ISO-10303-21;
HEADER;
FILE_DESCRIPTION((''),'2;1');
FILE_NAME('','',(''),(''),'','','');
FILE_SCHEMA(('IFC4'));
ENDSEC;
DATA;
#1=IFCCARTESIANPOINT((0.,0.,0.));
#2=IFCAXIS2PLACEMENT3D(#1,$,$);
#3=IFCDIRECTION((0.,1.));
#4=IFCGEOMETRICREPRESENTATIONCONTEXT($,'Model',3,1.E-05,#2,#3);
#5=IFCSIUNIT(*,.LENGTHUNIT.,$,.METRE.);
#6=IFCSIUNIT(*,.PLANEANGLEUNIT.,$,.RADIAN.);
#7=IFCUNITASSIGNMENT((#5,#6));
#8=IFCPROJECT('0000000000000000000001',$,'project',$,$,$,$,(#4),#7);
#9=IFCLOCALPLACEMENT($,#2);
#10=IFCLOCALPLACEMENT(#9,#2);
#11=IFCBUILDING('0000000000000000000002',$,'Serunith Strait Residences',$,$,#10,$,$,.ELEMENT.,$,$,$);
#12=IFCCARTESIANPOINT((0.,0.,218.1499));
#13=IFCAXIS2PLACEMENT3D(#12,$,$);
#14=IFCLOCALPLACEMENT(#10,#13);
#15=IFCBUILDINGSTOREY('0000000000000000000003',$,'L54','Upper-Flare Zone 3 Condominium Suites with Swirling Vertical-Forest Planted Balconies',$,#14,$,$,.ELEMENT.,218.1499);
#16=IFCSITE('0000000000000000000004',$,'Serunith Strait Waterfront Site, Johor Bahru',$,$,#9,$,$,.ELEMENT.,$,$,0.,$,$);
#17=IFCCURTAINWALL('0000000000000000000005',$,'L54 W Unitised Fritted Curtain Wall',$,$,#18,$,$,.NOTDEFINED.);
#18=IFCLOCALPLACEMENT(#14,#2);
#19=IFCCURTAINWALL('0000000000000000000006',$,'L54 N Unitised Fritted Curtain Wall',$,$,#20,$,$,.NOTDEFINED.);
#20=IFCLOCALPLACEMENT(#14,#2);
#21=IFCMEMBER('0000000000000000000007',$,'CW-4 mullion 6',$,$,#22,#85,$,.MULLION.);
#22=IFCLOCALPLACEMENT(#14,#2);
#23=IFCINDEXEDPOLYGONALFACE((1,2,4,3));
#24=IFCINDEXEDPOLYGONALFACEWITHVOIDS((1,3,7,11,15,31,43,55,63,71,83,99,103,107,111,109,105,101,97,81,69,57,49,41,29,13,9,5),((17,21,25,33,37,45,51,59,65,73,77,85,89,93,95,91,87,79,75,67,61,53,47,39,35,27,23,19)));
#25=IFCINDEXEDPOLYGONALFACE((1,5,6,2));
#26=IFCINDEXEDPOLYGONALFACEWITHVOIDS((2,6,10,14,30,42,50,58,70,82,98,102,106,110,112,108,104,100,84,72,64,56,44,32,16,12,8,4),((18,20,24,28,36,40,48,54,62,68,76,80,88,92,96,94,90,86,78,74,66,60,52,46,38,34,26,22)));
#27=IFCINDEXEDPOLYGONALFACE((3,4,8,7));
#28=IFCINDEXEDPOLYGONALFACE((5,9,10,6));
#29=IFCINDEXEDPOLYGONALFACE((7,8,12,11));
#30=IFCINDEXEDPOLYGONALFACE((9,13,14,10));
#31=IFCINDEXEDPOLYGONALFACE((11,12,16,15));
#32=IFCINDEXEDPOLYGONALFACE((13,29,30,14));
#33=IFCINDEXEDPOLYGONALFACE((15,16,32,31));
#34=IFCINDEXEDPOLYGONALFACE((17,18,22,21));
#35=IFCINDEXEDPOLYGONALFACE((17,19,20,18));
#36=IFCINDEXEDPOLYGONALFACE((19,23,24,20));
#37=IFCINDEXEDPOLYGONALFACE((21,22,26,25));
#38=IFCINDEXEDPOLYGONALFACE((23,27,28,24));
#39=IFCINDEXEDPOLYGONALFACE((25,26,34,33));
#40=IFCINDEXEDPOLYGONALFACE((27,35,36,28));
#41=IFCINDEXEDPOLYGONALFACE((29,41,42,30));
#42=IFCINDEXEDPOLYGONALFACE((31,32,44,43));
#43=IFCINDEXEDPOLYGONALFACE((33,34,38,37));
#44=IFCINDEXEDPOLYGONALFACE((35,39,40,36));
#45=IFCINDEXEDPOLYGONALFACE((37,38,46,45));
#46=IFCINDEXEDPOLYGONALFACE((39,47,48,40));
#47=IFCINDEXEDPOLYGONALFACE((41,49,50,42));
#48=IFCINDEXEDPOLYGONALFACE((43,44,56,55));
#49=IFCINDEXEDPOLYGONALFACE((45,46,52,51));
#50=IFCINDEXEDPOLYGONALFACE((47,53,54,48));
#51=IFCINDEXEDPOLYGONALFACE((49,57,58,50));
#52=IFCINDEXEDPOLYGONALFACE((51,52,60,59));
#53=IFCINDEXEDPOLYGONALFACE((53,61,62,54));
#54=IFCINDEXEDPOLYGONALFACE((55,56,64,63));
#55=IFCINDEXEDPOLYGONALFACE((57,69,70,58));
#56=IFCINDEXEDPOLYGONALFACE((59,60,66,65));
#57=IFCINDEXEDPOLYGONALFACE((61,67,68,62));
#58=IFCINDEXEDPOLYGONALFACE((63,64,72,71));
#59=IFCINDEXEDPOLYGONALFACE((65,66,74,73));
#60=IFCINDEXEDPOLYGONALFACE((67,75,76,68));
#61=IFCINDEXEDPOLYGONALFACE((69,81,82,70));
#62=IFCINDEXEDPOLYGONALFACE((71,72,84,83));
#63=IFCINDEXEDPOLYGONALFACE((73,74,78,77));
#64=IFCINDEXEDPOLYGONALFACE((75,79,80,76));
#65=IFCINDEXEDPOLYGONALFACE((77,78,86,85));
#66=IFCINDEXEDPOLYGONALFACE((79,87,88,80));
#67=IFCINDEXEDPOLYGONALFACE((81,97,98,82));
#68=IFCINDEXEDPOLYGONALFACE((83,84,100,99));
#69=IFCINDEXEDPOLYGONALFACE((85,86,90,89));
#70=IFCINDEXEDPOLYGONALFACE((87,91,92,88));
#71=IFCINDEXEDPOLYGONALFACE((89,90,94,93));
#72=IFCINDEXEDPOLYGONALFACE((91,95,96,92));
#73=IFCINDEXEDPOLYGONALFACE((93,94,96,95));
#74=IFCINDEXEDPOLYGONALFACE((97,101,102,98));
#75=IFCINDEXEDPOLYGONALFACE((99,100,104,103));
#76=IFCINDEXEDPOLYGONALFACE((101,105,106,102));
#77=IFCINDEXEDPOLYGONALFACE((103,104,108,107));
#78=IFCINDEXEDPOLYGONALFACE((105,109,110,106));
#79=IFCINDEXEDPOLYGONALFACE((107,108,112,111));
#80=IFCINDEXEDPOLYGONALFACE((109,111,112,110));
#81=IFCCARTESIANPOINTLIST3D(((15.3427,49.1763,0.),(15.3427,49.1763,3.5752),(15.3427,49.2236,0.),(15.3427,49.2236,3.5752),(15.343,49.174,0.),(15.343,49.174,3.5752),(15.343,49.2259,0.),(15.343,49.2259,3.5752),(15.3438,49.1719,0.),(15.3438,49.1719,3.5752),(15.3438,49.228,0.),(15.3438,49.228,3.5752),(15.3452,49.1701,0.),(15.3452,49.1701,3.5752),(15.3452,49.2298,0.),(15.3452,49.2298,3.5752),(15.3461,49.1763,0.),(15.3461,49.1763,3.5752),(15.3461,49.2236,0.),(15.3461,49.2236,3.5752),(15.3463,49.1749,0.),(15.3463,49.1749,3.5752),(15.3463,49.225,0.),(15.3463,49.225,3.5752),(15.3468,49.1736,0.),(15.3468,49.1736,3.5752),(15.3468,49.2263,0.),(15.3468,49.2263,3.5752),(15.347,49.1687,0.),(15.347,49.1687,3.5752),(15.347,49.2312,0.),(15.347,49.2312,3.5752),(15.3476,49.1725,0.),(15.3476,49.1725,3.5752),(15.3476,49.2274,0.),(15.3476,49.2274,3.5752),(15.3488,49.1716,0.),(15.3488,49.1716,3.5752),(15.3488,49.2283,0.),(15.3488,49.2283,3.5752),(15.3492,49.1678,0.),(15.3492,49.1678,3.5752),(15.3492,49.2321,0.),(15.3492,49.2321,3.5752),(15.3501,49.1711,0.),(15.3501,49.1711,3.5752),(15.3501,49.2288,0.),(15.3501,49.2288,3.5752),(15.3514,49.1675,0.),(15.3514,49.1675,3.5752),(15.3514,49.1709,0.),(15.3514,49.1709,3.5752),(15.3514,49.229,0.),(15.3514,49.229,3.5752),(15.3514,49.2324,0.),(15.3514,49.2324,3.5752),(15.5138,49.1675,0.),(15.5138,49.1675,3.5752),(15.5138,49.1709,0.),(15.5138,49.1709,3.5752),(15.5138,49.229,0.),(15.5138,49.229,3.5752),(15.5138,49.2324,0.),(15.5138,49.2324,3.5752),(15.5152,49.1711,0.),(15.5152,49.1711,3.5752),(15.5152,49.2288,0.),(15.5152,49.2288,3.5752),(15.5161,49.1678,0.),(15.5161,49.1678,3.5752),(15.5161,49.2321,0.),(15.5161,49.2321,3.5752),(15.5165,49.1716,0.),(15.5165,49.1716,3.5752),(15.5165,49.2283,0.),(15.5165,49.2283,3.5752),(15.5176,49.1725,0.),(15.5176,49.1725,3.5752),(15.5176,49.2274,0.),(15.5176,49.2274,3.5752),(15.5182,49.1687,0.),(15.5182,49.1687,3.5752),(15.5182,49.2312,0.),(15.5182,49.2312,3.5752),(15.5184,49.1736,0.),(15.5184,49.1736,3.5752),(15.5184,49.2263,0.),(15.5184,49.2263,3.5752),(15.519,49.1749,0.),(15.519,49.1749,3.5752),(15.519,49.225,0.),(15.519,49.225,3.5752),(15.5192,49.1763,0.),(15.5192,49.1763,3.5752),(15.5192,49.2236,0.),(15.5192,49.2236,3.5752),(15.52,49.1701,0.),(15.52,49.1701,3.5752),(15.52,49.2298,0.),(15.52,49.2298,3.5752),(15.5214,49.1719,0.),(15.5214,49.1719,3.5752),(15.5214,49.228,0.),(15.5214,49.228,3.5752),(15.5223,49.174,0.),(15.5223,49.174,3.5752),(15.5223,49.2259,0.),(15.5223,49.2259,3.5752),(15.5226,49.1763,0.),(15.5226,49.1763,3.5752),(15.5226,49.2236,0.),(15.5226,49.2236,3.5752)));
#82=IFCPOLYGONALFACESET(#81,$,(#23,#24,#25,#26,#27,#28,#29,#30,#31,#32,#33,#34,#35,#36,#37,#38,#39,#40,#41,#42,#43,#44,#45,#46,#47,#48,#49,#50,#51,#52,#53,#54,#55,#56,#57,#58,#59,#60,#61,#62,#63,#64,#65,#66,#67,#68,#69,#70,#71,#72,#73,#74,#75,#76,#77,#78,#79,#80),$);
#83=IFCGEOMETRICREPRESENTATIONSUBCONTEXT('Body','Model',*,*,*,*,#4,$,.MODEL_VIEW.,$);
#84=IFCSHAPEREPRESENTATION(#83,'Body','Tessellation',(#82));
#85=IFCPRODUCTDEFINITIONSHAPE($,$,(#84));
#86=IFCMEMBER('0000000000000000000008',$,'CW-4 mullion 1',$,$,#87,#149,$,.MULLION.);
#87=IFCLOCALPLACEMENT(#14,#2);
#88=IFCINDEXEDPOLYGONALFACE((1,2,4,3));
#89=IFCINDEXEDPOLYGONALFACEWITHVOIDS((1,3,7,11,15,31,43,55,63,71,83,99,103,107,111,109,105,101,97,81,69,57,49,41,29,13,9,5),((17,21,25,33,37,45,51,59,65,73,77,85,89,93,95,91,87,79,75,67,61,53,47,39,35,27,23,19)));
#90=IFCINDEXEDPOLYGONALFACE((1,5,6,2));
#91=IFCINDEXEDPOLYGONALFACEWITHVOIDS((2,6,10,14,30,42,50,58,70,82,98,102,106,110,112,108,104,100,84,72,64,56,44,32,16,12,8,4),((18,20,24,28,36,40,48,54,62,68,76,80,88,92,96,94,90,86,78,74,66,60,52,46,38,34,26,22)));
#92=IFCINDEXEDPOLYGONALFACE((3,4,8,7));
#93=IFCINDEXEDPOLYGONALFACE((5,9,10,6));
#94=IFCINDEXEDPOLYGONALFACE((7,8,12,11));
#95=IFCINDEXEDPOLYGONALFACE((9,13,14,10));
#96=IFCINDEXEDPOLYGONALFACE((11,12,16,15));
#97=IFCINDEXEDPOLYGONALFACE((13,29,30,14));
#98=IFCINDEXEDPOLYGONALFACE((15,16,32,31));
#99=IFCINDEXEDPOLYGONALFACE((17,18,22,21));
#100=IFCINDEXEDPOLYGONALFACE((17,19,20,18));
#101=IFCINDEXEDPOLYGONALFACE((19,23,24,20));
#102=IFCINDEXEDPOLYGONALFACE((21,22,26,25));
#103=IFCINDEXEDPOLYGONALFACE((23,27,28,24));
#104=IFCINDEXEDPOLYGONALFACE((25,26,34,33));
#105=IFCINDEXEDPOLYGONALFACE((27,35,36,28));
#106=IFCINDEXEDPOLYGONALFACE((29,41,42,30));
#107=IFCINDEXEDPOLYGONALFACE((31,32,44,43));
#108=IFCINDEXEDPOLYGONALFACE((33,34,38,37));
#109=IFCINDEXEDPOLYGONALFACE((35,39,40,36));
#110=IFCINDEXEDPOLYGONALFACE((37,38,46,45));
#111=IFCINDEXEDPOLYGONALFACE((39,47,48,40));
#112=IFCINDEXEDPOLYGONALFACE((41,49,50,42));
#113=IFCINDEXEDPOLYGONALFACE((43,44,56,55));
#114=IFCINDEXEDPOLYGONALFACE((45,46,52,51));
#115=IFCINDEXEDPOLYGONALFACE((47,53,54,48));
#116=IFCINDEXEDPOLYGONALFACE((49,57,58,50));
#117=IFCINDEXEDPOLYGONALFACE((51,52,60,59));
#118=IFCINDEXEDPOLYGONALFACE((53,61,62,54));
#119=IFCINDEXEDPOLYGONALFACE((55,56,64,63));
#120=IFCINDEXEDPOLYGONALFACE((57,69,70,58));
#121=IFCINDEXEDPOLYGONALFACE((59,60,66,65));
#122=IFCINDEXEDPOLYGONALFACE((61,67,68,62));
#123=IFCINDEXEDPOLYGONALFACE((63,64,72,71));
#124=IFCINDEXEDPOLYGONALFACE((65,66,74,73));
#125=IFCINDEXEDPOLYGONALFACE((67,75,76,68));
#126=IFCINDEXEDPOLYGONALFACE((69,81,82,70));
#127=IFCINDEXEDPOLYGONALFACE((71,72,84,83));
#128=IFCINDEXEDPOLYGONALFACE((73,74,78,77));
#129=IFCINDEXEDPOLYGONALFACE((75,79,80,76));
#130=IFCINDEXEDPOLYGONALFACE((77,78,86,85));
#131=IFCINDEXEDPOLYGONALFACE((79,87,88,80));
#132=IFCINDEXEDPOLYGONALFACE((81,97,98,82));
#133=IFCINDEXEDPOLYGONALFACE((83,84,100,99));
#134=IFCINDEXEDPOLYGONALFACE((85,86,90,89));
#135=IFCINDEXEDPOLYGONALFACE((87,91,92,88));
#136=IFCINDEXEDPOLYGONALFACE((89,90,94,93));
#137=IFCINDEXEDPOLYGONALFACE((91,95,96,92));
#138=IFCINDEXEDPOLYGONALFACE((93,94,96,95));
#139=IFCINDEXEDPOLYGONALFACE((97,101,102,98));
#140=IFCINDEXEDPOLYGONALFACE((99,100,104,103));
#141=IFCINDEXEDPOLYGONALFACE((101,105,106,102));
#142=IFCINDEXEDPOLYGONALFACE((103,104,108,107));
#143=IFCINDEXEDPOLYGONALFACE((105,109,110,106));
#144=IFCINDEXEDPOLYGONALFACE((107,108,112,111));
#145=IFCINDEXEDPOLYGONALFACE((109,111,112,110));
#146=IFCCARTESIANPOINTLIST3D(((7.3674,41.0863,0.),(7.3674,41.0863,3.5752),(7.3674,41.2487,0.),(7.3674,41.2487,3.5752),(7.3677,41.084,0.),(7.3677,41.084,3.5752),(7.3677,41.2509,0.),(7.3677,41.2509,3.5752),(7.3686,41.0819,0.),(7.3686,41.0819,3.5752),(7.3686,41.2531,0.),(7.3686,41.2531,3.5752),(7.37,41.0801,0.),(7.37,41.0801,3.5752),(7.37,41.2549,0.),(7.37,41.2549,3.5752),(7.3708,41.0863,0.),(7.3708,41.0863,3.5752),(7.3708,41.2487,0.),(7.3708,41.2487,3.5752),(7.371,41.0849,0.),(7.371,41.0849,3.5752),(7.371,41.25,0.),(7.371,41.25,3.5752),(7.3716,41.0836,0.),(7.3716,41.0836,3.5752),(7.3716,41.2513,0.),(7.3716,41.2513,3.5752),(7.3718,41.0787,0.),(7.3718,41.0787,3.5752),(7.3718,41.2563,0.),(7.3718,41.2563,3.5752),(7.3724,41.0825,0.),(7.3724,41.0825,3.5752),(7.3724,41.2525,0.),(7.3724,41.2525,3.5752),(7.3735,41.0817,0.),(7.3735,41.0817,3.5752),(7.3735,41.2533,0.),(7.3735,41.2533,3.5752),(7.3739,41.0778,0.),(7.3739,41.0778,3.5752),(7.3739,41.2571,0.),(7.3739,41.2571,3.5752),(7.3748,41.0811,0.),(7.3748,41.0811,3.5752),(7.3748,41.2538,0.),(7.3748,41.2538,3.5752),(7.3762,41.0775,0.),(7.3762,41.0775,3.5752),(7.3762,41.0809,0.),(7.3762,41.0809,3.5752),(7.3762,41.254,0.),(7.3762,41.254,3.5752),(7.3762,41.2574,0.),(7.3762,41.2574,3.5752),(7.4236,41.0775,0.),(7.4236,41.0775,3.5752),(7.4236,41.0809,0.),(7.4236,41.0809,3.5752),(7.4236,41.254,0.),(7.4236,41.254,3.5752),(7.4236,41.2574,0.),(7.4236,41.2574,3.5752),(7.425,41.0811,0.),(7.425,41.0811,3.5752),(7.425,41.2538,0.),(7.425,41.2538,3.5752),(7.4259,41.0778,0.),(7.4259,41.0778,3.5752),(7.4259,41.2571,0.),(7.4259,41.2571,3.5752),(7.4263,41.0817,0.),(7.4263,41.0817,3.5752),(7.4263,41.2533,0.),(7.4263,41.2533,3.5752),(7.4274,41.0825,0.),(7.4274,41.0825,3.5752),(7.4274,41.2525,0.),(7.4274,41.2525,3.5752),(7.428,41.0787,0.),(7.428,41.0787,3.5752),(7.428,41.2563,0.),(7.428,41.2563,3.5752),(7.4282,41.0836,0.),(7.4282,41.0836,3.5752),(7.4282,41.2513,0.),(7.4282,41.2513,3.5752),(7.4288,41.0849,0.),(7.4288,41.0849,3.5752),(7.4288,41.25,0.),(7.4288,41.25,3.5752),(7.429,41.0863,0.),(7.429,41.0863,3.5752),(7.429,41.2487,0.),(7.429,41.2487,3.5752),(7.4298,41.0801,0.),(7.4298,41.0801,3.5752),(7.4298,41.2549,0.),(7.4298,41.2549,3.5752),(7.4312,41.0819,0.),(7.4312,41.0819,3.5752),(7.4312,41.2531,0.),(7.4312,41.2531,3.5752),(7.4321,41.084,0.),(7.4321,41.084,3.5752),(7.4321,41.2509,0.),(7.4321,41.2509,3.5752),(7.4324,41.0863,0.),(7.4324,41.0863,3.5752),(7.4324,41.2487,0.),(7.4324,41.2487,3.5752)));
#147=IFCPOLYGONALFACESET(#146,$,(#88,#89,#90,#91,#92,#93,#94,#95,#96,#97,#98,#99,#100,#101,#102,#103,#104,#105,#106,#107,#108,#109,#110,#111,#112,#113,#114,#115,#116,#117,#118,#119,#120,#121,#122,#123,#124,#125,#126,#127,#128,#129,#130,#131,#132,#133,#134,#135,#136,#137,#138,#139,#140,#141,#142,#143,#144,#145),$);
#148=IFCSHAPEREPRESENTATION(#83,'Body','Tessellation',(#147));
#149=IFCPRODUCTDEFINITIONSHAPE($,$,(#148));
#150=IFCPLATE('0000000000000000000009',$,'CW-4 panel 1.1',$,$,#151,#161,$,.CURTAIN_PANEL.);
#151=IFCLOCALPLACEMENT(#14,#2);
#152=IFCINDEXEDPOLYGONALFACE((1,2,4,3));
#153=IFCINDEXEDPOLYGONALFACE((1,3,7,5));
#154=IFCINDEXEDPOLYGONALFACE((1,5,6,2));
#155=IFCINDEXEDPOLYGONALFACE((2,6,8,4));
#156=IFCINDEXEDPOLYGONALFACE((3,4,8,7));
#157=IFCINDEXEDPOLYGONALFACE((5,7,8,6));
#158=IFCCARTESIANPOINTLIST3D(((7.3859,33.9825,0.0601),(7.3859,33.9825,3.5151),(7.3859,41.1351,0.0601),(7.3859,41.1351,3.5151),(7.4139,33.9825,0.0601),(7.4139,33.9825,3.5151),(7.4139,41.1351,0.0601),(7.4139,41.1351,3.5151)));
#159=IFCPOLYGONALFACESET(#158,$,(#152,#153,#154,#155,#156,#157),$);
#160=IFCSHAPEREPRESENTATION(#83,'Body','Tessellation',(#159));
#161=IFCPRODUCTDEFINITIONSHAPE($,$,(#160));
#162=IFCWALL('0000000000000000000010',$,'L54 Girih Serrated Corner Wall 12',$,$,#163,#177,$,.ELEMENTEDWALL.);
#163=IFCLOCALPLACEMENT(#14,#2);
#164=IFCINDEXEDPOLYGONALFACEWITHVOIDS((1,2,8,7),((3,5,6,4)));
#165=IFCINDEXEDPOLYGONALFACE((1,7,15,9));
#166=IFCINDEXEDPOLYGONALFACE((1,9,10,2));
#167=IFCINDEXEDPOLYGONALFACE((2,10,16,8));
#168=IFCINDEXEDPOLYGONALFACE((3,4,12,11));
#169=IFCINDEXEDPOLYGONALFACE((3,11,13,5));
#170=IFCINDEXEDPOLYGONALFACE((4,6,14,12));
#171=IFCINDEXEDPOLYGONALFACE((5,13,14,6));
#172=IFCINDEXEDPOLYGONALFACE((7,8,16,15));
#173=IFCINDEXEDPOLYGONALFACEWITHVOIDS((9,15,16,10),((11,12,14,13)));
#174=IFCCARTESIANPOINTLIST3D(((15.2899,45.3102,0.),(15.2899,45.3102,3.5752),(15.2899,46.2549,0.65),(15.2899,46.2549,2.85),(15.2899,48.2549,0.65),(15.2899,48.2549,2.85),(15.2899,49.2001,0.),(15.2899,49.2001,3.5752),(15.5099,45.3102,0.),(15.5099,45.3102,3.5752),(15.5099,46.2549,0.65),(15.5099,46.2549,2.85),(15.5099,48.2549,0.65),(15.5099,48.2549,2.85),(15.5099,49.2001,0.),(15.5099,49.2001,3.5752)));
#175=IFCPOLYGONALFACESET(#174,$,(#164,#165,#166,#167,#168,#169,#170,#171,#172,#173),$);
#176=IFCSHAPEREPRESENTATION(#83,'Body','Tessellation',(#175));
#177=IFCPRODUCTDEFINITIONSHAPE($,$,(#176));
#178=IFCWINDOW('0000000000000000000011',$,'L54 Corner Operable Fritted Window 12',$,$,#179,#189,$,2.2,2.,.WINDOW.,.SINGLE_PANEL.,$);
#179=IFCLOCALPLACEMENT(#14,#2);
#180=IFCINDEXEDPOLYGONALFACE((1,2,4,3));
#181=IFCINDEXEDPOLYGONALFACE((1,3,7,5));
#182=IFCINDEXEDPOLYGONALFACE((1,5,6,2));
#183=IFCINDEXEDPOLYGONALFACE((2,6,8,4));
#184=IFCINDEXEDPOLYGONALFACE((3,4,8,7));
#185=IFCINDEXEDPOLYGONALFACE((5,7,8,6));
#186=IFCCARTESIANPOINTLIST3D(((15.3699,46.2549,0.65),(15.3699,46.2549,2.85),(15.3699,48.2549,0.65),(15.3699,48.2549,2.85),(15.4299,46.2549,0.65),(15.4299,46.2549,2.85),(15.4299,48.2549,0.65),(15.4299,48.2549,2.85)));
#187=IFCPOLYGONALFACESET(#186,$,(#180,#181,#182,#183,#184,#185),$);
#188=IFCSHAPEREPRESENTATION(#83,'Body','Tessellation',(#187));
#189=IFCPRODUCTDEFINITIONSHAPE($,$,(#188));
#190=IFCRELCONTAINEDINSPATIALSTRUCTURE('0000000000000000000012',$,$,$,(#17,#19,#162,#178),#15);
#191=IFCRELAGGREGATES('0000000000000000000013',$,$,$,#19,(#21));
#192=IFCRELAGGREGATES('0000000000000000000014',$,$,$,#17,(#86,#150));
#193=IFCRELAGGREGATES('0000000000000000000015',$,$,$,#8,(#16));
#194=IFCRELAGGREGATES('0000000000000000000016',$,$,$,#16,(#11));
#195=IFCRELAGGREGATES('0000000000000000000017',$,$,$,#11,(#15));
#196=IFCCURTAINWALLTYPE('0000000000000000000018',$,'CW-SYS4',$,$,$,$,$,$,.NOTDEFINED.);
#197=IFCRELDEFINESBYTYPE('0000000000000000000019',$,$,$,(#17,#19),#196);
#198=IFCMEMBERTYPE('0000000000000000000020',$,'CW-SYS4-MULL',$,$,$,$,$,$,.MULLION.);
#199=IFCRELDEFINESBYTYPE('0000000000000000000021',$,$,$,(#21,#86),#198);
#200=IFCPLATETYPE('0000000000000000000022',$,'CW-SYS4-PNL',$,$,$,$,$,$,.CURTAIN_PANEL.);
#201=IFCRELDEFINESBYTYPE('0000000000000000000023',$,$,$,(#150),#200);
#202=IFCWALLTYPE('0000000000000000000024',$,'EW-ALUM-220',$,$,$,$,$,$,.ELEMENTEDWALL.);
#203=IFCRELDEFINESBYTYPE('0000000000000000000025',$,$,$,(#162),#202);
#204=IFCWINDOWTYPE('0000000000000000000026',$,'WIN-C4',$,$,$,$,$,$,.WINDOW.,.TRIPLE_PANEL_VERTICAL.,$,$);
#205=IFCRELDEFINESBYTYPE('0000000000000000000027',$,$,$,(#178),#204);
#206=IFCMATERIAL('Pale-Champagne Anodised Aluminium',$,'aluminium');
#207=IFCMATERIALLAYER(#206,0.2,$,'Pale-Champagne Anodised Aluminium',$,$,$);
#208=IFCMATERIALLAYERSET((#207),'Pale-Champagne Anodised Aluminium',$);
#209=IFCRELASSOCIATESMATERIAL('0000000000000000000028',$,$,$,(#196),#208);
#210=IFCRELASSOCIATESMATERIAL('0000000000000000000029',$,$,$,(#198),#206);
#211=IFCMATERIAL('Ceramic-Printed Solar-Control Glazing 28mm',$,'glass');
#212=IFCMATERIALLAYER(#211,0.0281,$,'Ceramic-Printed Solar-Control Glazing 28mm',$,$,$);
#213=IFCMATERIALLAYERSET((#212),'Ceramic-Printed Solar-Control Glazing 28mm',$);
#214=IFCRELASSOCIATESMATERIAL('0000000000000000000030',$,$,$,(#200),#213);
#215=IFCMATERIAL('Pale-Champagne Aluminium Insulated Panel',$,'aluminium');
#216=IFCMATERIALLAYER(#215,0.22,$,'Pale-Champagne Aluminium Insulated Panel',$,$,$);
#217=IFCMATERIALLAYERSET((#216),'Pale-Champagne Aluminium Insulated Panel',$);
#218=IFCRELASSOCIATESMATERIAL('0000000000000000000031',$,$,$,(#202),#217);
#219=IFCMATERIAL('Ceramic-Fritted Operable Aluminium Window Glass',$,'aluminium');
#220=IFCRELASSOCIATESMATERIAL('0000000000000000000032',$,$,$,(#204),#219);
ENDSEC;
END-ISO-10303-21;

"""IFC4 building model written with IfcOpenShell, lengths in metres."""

from ifc_helpers import new_model, si_unit, direction, frame, frame_2d, origin, origin_2d, place, context, subcontext, project, spatial, rectangle, hollow_rectangle, extrude, source, transform, mapped, material, layer, layer_set, material_profile, profile_set, type_object, element, fill, aggregate, save


model = new_model("IFC4")

# Units and contexts
model_context = context("Model", 3, precision=1e-05, world=origin(), true_north=direction((0.0, 1.0)))
body_context = subcontext(model_context, "Body", "Model", "MODEL_VIEW")
ifc_project = project(units=[si_unit("LENGTHUNIT", "METRE"), si_unit("PLANEANGLEUNIT", "RADIAN")], contexts=[model_context])

# Site, building, storey
site_placement = place(None, origin())
site = spatial("IfcSite", under=ifc_project, at=site_placement, Name="Serunith Strait Waterfront Site, Johor Bahru", CompositionType="ELEMENT", RefElevation=0.0)
building_placement = place(site_placement, origin())
building = spatial("IfcBuilding", under=site, at=building_placement, Name="Serunith Strait Residences", CompositionType="ELEMENT")
storey_placement = place(building_placement, frame((0.0, 0.0, 218.1499)))
storey = spatial("IfcBuildingStorey", under=building, at=storey_placement, Name="L54", Description="Upper-Flare Zone 3 Condominium Suites with Swirling Vertical-Forest Planted Balconies", CompositionType="ELEMENT", Elevation=218.1499)

# Curtain wall
ifc_material_1 = material(Name="Pale-Champagne Anodised Aluminium", Category="aluminium")
ifc_layer_1 = layer(ifc_material_1, 0.2, Name="Pale-Champagne Anodised Aluminium")
ifc_layer_set_1 = layer_set([ifc_layer_1], Name="Pale-Champagne Anodised Aluminium")
curtain_wall_type = type_object("IfcCurtainWallType", Name="CW-SYS4", PredefinedType="NOTDEFINED", material=ifc_layer_set_1)
curtain_wall_1_placement = place(storey_placement, origin())
curtain_wall_1 = element("IfcCurtainWall", 1, at=curtain_wall_1_placement, inside=storey, type_object=curtain_wall_type, Name="L54 W Unitised Fritted Curtain Wall", PredefinedType="NOTDEFINED")

# Curtain wall, member
curtain_wall_2_placement = place(storey_placement, origin())
curtain_wall_2 = element("IfcCurtainWall", 2, at=curtain_wall_2_placement, inside=storey, type_object=curtain_wall_type, Name="L54 N Unitised Fritted Curtain Wall", PredefinedType="NOTDEFINED")
ifc_material_profile_1 = material_profile(ifc_material_1, hollow_rectangle(XDim=0.0649, YDim=0.1799, WallThickness=0.0034, InnerFilletRadius=0.0054, OuterFilletRadius=0.0088, at=origin_2d()), Name="ALU 180x65x3.5")
ifc_profile_set_1 = profile_set([ifc_material_profile_1], Name="Pale-Champagne Anodised Aluminium")
member_type_1 = type_object("IfcMemberType", Name="CW-SYS4-MULL", PredefinedType="MULLION", material=ifc_profile_set_1)
shared_shape_1 = source(origin(), body_context, "Body", "SweptSolid", [
    extrude(hollow_rectangle(XDim=0.0649, YDim=0.1799, WallThickness=0.0034, InnerFilletRadius=0.0054, OuterFilletRadius=0.0088, at=origin_2d()), origin(), (0.0, 0.0, 1.0), 3.5752),
])
member_1_placement = place(storey_placement, frame((15.4326, 49.2, 0.0), z_axis=(0.0, 0.0, 1.0), x_axis=(0.0, -1.0, 0.0)))
member_1 = element("IfcMember", 3, at=member_1_placement, type_object=member_type_1, Name="CW-4 mullion 6", PredefinedType="MULLION", context=body_context, shape_type="MappedRepresentation", body=[
    mapped(shared_shape_1, transform((0.0, 0.0, 0.0), scale=1.0)),
])
aggregate(curtain_wall_2, [member_1])

# Member
member_2_placement = place(storey_placement, frame((7.3999, 41.1675, 0.0), z_axis=(0.0, 0.0, 1.0), x_axis=(1.0, 0.0, 0.0)))
member_2 = element("IfcMember", 4, at=member_2_placement, type_object=member_type_1, Name="CW-4 mullion 1", PredefinedType="MULLION", context=body_context, shape_type="MappedRepresentation", body=[
    mapped(shared_shape_1, transform((0.0, 0.0, 0.0), scale=1.0)),
])

# Plate
ifc_material_2 = material(Name="Ceramic-Printed Solar-Control Glazing 28mm", Category="glass")
ifc_layer_2 = layer(ifc_material_2, 0.0281, Name="Ceramic-Printed Solar-Control Glazing 28mm")
ifc_layer_set_2 = layer_set([ifc_layer_2], Name="Ceramic-Printed Solar-Control Glazing 28mm")
plate_type = type_object("IfcPlateType", Name="CW-SYS4-PNL", PredefinedType="CURTAIN_PANEL", material=ifc_layer_set_2)
shared_shape_2 = source(origin(), body_context, "Body", "SweptSolid", [
    extrude(rectangle(XDim=7.1526, YDim=0.0281, at=origin_2d()), origin(), (0.0, 0.0, 1.0), 3.4551),
])
plate_placement = place(storey_placement, frame((7.3999, 37.5588, 0.0601), z_axis=(0.0, 0.0, 1.0), x_axis=(0.0, -1.0, 0.0)))
plate = element("IfcPlate", 5, at=plate_placement, type_object=plate_type, Name="CW-4 panel 1.1", PredefinedType="CURTAIN_PANEL", context=body_context, shape_type="MappedRepresentation", body=[
    mapped(shared_shape_2, transform((0.0, 0.0, 0.0), scale=1.0)),
])
aggregate(curtain_wall_1, [member_2, plate])

# Wall, opening, window
ifc_material_3 = material(Name="Pale-Champagne Aluminium Insulated Panel", Category="aluminium")
ifc_layer_3 = layer(ifc_material_3, 0.22, Name="Pale-Champagne Aluminium Insulated Panel")
ifc_layer_set_3 = layer_set([ifc_layer_3], Name="Pale-Champagne Aluminium Insulated Panel")
wall_type_1 = type_object("IfcWallType", Name="EW-ALUM-220", PredefinedType="ELEMENTEDWALL", material=ifc_layer_set_3)
wall_1_placement = place(storey_placement, frame((15.3999, 49.2, 0.0), z_axis=(0.0, 0.0, 1.0), x_axis=(0.0, -1.0, 0.0)))
wall_1 = element("IfcWall", 6, at=wall_1_placement, inside=storey, type_object=wall_type_1, Name="L54 Girih Serrated Corner Wall 12", PredefinedType="ELEMENTEDWALL", context=body_context, shape_type="SweptSolid", body=[
    extrude(rectangle(XDim=3.8899, YDim=0.22, at=frame_2d((1.9448, 0.0))), origin(), (0.0, 0.0, 1.0), 3.5752),
])
opening_1_placement = place(wall_1_placement, frame((0.9451, 0.0, 0.6499)))
opening_1 = element("IfcOpeningElement", 7, at=opening_1_placement, cuts=wall_1, PredefinedType="OPENING", context=body_context, shape_type="SweptSolid", body=[
    extrude(rectangle(XDim=2.0, YDim=2.2, at=frame_2d((1.0, 1.1001))), frame((0.0, 0.1201, 0.0), z_axis=(0.0, -1.0, 0.0), x_axis=(1.0, 0.0, 0.0)), (0.0, 0.0, 1.0), 0.24),
])
ifc_material_4 = material(Name="Ceramic-Fritted Operable Aluminium Window Glass", Category="aluminium")
window_type = type_object("IfcWindowType", Name="WIN-C4", PartitioningType="TRIPLE_PANEL_VERTICAL", PredefinedType="WINDOW", material=ifc_material_4)
shared_shape_3 = source(origin(), body_context, "Body", "SweptSolid", [
    extrude(rectangle(XDim=2.0, YDim=2.2, at=frame_2d((1.0, 1.1001))), frame((0.0, 0.03, 0.0), z_axis=(0.0, -1.0, 0.0), x_axis=(1.0, 0.0, 0.0)), (0.0, 0.0, 1.0), 0.0601),
])
window_1_placement = place(opening_1_placement, origin())
window_1 = element("IfcWindow", 8, at=window_1_placement, inside=storey, type_object=window_type, Name="L54 Corner Operable Fritted Window 12", OverallHeight=2.2, OverallWidth=2.0, PartitioningType="SINGLE_PANEL", PredefinedType="WINDOW", context=body_context, shape_type="MappedRepresentation", body=[
    mapped(shared_shape_3, transform((0.0, 0.0, 0.0), scale=1.0)),
])
fill(opening_1, window_1)

save(model, "model.ifc")
